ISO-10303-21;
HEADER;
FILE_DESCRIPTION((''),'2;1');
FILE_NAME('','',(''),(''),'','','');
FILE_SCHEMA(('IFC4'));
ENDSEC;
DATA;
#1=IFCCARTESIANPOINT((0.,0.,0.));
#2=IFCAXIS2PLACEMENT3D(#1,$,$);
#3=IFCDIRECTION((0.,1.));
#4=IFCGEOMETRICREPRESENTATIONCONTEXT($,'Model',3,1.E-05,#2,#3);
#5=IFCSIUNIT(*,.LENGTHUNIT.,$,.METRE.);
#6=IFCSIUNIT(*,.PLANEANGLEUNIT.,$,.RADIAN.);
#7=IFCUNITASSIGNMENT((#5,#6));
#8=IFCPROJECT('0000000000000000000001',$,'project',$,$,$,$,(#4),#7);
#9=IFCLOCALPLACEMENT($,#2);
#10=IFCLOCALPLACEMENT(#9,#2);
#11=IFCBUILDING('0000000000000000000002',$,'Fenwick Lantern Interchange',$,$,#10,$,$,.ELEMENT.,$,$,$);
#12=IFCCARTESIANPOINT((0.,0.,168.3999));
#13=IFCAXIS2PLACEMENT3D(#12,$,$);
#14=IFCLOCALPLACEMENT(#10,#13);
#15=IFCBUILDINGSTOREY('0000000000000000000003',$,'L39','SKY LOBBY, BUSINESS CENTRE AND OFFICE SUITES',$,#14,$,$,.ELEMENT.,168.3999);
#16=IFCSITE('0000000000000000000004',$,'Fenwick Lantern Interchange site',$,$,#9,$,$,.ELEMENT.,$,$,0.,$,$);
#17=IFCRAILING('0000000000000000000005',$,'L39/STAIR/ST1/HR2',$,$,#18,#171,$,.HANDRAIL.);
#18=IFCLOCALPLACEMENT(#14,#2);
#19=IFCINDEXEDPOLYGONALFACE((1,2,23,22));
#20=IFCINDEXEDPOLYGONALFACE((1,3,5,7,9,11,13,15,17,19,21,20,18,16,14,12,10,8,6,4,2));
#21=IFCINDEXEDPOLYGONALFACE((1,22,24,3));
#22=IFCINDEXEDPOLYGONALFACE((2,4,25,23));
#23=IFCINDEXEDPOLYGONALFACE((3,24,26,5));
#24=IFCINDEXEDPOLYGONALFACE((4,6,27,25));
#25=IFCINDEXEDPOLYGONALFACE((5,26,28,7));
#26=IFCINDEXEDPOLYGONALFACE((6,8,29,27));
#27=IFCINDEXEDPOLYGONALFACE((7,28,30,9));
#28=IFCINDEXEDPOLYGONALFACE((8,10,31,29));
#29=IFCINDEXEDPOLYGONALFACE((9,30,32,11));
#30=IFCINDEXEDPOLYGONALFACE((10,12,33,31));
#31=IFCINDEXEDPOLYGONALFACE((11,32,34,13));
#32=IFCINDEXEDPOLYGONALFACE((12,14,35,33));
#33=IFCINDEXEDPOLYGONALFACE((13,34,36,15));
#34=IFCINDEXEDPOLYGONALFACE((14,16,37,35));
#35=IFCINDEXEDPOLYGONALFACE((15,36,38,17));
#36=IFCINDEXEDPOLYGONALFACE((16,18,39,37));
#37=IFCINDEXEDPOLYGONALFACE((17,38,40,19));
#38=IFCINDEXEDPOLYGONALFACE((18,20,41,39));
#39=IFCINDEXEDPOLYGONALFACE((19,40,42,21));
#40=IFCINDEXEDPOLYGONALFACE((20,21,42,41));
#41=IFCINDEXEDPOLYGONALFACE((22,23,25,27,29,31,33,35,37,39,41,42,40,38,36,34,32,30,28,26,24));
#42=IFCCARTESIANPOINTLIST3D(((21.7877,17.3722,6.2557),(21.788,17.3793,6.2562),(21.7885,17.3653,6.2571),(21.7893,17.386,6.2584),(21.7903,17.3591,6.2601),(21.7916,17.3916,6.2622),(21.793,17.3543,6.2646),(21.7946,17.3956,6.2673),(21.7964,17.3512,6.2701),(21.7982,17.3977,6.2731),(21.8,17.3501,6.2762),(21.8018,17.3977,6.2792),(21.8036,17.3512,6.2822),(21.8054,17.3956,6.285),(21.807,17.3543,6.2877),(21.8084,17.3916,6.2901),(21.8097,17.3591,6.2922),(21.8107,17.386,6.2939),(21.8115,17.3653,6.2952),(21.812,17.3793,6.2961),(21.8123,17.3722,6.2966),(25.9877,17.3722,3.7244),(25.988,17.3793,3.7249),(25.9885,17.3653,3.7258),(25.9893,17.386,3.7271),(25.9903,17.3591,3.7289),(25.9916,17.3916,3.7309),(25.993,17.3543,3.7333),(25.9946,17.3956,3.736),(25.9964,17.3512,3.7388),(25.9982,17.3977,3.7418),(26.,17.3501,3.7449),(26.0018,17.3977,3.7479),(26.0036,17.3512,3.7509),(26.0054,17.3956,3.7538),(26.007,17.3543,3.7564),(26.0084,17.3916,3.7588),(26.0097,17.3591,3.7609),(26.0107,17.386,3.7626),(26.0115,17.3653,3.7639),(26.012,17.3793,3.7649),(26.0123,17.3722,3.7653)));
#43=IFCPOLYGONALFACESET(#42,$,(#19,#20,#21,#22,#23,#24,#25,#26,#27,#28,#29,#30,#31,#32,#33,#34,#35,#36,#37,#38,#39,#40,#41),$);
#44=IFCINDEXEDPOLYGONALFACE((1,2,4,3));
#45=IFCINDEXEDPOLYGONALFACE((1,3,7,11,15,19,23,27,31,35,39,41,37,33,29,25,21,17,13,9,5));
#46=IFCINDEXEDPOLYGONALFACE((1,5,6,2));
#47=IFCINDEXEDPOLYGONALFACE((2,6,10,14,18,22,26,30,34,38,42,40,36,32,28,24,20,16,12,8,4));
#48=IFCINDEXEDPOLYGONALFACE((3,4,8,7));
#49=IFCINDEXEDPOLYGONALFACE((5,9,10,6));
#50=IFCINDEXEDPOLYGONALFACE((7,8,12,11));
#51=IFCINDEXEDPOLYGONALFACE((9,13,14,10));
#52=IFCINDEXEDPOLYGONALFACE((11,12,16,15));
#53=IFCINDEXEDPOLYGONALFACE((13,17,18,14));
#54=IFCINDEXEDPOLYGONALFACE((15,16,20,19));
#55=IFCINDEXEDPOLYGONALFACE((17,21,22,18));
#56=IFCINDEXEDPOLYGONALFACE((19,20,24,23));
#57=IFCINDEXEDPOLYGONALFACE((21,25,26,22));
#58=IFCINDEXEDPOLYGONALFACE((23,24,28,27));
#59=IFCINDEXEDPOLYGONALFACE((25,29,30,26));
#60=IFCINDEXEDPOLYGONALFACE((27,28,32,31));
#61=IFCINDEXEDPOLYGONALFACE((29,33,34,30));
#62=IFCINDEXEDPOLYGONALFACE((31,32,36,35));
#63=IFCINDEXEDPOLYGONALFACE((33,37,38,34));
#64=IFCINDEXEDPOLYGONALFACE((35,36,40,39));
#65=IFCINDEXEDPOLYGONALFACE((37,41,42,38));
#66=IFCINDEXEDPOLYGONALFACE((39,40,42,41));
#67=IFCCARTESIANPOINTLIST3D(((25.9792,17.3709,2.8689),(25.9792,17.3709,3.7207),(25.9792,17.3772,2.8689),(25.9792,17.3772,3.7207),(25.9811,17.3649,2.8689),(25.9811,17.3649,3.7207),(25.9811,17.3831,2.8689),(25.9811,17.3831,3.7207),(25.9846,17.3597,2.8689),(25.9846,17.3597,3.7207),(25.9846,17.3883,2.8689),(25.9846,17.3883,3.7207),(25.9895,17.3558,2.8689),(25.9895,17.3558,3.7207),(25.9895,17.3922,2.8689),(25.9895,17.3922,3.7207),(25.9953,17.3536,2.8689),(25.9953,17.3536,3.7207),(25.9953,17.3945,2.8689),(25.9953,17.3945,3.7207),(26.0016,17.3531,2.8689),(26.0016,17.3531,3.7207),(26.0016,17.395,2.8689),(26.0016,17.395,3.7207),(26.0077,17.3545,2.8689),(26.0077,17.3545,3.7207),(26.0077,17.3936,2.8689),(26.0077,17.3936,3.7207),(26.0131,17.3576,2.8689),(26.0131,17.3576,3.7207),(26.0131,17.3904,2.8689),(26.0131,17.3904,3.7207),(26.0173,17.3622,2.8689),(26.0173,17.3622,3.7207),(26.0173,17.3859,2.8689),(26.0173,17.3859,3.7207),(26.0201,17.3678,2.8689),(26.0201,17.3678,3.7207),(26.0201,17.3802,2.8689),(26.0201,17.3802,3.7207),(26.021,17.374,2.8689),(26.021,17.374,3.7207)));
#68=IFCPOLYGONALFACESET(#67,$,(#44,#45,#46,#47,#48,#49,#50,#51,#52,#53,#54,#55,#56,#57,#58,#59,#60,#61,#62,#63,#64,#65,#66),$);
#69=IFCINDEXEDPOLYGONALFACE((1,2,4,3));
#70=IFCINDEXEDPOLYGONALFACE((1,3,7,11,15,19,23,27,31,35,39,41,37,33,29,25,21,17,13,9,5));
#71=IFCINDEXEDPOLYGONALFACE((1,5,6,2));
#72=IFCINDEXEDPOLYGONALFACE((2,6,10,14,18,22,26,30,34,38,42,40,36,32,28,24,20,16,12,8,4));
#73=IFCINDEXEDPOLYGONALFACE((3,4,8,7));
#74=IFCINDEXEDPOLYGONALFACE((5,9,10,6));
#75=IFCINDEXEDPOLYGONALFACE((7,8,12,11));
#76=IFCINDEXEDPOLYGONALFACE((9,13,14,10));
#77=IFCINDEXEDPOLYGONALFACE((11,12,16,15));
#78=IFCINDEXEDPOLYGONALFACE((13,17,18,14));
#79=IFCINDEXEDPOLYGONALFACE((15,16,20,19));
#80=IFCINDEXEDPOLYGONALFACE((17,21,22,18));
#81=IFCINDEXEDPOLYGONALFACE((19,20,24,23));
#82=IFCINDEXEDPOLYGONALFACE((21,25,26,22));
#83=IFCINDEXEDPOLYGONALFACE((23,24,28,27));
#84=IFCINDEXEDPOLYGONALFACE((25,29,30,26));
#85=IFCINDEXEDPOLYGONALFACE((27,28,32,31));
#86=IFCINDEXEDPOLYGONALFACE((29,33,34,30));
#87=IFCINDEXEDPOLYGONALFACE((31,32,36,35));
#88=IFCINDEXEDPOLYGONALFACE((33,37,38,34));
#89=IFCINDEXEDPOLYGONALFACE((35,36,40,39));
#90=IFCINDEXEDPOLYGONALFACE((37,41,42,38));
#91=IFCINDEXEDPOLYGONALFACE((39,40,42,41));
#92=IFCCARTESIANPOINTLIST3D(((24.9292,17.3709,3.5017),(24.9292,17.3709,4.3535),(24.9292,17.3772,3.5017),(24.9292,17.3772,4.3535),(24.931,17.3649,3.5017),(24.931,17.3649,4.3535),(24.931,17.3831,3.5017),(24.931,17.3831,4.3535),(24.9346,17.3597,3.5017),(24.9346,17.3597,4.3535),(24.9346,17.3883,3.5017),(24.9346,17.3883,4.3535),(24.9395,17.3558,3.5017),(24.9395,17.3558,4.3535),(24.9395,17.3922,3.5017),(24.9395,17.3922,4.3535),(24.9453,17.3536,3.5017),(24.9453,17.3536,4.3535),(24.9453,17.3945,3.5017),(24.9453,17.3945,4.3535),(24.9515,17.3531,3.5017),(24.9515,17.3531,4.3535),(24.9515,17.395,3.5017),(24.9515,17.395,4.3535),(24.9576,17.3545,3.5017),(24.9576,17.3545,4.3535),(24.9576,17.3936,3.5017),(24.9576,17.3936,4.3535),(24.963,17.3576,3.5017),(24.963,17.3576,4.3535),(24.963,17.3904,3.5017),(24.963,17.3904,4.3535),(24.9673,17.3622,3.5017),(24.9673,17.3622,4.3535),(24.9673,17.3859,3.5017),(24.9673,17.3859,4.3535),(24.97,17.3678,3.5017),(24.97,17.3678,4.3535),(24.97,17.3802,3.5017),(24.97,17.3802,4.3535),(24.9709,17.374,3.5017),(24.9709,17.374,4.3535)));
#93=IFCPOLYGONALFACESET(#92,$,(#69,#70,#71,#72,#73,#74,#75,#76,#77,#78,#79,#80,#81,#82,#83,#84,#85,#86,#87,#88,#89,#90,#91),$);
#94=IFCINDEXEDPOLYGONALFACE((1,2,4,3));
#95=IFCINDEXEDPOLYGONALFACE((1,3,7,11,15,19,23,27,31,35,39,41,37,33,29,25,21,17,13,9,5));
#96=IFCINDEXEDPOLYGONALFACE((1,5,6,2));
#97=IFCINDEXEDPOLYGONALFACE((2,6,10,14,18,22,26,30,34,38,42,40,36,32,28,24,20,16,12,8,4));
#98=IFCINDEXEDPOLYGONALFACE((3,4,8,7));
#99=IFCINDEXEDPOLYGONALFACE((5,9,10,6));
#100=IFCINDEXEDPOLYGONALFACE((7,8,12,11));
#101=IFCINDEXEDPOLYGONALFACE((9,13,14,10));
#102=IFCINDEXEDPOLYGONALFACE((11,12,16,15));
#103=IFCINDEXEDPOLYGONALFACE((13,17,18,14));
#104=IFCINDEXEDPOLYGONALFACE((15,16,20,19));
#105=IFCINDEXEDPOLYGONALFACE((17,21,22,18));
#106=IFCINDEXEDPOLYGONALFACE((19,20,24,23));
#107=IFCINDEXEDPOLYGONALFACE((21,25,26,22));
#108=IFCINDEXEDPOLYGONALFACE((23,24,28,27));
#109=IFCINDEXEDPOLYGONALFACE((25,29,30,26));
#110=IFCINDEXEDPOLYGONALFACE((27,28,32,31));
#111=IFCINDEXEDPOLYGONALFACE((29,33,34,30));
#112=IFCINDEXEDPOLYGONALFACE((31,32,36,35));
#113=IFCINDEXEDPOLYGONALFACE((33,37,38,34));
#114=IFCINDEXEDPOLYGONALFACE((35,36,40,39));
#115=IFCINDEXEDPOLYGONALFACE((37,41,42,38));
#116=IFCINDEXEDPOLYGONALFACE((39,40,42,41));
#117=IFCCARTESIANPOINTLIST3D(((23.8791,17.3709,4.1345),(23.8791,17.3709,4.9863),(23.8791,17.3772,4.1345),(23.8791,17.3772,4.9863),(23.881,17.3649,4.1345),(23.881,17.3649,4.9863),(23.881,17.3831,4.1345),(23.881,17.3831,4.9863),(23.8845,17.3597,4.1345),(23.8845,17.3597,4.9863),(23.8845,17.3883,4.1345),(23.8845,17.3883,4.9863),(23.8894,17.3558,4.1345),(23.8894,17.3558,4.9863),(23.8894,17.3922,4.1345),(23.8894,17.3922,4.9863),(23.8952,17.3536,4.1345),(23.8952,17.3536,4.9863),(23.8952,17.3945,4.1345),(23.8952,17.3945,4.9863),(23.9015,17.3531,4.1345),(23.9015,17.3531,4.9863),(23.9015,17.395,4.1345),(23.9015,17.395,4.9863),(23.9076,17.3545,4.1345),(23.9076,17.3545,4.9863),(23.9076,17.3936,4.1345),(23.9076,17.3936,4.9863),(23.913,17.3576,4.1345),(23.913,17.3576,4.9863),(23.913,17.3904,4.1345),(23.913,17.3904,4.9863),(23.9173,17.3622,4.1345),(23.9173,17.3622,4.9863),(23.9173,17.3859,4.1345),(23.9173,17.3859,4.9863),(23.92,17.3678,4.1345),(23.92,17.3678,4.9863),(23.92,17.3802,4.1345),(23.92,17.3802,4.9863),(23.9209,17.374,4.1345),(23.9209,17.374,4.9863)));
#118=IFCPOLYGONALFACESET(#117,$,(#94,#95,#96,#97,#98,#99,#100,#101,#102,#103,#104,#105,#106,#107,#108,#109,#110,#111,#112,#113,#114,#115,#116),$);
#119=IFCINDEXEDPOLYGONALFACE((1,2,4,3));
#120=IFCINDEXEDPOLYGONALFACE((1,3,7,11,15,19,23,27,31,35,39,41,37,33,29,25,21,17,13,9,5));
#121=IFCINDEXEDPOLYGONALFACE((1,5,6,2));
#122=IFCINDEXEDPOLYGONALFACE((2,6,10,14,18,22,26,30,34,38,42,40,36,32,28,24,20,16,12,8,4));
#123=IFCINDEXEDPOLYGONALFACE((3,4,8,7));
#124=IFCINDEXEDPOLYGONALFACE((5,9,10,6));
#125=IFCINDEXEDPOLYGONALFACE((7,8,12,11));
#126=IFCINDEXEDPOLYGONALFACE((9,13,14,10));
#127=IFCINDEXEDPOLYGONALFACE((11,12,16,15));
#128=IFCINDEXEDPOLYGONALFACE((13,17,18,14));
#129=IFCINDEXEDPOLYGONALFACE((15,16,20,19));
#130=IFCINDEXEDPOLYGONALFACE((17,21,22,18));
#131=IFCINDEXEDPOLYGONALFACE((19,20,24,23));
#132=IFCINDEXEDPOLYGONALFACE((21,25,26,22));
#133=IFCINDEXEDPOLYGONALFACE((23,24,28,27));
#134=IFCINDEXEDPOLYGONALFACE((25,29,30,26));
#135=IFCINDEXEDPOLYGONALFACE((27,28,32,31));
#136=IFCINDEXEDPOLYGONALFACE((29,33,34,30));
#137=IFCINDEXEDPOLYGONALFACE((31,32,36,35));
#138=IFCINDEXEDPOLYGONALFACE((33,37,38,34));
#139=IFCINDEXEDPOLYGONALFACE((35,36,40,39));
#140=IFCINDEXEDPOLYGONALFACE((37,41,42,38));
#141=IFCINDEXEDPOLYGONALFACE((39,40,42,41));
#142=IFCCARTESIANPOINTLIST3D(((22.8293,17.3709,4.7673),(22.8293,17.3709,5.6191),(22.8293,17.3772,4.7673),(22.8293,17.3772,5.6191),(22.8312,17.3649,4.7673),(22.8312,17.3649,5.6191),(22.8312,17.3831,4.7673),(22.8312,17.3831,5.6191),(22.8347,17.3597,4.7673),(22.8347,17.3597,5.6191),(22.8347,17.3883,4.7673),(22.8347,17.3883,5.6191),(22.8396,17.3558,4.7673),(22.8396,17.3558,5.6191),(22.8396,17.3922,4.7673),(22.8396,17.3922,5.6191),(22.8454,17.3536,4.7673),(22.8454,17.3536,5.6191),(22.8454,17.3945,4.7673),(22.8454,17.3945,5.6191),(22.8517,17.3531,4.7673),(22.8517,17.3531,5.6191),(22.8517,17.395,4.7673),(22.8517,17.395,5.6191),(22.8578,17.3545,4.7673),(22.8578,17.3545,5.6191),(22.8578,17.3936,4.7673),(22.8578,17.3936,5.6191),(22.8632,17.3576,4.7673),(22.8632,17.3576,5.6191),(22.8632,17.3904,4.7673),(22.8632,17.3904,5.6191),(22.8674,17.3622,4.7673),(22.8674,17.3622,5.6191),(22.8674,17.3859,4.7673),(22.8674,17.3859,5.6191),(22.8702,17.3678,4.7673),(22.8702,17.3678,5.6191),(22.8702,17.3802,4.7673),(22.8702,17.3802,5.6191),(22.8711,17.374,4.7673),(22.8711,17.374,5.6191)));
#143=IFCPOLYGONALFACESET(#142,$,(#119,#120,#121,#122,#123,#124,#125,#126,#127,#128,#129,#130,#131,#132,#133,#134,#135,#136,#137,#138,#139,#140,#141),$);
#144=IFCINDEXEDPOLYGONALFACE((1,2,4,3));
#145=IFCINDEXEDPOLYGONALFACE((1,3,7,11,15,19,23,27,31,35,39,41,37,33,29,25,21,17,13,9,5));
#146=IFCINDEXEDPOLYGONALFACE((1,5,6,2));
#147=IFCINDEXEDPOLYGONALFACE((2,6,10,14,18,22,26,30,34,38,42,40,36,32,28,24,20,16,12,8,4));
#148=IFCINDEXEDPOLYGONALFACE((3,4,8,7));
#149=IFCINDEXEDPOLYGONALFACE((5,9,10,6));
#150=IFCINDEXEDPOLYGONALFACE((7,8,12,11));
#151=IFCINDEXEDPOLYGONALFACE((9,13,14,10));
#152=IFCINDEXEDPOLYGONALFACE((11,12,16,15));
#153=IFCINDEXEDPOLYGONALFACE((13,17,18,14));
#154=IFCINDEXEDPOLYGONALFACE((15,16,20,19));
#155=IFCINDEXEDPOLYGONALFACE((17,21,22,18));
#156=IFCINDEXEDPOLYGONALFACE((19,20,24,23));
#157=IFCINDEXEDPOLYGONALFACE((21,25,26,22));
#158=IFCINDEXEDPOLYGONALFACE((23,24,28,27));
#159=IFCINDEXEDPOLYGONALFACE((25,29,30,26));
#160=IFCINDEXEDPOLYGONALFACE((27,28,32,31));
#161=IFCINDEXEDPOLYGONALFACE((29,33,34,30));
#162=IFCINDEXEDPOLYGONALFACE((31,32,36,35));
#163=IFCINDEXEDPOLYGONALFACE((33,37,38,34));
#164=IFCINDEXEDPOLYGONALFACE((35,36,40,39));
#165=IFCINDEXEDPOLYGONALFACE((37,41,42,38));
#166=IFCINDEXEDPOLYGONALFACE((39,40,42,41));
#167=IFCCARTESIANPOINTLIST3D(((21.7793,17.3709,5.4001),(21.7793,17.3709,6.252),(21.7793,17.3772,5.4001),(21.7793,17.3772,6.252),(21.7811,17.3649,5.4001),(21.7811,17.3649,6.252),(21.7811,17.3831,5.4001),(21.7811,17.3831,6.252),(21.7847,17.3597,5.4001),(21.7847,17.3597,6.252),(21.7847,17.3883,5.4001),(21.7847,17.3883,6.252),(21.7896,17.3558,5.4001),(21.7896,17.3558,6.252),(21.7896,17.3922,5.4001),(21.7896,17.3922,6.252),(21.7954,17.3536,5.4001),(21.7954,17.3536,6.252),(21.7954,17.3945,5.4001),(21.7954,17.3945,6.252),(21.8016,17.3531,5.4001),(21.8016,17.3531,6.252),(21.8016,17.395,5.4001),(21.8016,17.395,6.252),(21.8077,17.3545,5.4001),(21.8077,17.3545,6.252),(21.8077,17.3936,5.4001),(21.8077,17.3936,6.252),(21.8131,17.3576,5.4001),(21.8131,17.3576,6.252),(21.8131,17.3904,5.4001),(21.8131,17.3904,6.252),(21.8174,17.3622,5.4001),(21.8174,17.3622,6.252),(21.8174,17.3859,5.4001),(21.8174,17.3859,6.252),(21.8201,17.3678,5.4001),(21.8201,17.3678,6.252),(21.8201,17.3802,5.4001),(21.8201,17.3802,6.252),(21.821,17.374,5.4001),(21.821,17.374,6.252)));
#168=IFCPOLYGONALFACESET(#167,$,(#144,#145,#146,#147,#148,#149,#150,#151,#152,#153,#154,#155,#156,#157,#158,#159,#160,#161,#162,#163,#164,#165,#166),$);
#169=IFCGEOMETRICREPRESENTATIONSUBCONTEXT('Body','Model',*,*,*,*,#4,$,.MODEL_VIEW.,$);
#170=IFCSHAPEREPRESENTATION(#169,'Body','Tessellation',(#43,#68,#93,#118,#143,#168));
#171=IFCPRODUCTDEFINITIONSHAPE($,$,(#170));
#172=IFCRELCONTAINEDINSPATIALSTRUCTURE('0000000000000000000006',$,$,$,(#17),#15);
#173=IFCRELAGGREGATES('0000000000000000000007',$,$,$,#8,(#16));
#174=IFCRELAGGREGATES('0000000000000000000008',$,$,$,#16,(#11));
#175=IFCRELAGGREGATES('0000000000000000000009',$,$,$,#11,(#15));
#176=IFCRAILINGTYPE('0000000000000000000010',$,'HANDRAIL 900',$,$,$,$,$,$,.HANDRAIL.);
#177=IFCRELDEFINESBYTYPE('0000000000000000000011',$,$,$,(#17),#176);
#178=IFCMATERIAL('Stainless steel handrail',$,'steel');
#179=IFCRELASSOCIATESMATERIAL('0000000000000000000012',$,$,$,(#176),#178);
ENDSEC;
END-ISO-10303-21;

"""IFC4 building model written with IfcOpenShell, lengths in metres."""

from ifc_helpers import new_model, si_unit, direction, frame, origin, origin_2d, place, context, subcontext, project, spatial, circle, extrude, material, type_object, element, save


model = new_model("IFC4")

# Units and contexts
model_context = context("Model", 3, precision=1e-05, world=origin(), true_north=direction((0.0, 1.0)))
body_context = subcontext(model_context, "Body", "Model", "MODEL_VIEW")
ifc_project = project(units=[si_unit("LENGTHUNIT", "METRE"), si_unit("PLANEANGLEUNIT", "RADIAN")], contexts=[model_context])

# Site, building, storey
site_placement = place(None, origin())
site = spatial("IfcSite", under=ifc_project, at=site_placement, Name="Fenwick Lantern Interchange site", CompositionType="ELEMENT", RefElevation=0.0)
building_placement = place(site_placement, origin())
building = spatial("IfcBuilding", under=site, at=building_placement, Name="Fenwick Lantern Interchange", CompositionType="ELEMENT")
storey_placement = place(building_placement, frame((0.0, 0.0, 168.3999)))
storey = spatial("IfcBuildingStorey", under=building, at=storey_placement, Name="L39", Description="SKY LOBBY, BUSINESS CENTRE AND OFFICE SUITES", CompositionType="ELEMENT", Elevation=168.3999)

# Railing
ifc_material_1 = material(Name="Stainless steel handrail", Category="steel")
railing_type = type_object("IfcRailingType", Name="HANDRAIL 900", PredefinedType="HANDRAIL", material=ifc_material_1)
railing_1_placement = place(storey_placement, frame((26.0, 17.374, 2.8689)))
element("IfcRailing", 1, at=railing_1_placement, inside=storey, type_object=railing_type, Name="L39/STAIR/ST1/HR2", PredefinedType="HANDRAIL", context=body_context, shape_type="SweptSolid", body=[
    extrude(circle(Radius=0.0239, at=origin_2d()), frame((0.0, 0.0, 0.876), z_axis=(-0.856476, 0.0, 0.516186), x_axis=(0.0, -1.0, 0.0)), (0.0, 0.0, 1.0), 4.9038),
    extrude(circle(Radius=0.021, at=origin_2d()), origin(), (0.0, 0.0, 1.0), 0.8518),
    extrude(circle(Radius=0.021, at=origin_2d()), frame((-1.05, 0.0, 0.6328)), (0.0, 0.0, 1.0), 0.8518),
    extrude(circle(Radius=0.021, at=origin_2d()), frame((-2.1001, 0.0, 1.2656)), (0.0, 0.0, 1.0), 0.8518),
    extrude(circle(Radius=0.021, at=origin_2d()), frame((-3.1499, 0.0, 1.8984)), (0.0, 0.0, 1.0), 0.8518),
    extrude(circle(Radius=0.021, at=origin_2d()), frame((-4.2, 0.0, 2.5312)), (0.0, 0.0, 1.0), 0.8518),
])

save(model, "model.ifc")
